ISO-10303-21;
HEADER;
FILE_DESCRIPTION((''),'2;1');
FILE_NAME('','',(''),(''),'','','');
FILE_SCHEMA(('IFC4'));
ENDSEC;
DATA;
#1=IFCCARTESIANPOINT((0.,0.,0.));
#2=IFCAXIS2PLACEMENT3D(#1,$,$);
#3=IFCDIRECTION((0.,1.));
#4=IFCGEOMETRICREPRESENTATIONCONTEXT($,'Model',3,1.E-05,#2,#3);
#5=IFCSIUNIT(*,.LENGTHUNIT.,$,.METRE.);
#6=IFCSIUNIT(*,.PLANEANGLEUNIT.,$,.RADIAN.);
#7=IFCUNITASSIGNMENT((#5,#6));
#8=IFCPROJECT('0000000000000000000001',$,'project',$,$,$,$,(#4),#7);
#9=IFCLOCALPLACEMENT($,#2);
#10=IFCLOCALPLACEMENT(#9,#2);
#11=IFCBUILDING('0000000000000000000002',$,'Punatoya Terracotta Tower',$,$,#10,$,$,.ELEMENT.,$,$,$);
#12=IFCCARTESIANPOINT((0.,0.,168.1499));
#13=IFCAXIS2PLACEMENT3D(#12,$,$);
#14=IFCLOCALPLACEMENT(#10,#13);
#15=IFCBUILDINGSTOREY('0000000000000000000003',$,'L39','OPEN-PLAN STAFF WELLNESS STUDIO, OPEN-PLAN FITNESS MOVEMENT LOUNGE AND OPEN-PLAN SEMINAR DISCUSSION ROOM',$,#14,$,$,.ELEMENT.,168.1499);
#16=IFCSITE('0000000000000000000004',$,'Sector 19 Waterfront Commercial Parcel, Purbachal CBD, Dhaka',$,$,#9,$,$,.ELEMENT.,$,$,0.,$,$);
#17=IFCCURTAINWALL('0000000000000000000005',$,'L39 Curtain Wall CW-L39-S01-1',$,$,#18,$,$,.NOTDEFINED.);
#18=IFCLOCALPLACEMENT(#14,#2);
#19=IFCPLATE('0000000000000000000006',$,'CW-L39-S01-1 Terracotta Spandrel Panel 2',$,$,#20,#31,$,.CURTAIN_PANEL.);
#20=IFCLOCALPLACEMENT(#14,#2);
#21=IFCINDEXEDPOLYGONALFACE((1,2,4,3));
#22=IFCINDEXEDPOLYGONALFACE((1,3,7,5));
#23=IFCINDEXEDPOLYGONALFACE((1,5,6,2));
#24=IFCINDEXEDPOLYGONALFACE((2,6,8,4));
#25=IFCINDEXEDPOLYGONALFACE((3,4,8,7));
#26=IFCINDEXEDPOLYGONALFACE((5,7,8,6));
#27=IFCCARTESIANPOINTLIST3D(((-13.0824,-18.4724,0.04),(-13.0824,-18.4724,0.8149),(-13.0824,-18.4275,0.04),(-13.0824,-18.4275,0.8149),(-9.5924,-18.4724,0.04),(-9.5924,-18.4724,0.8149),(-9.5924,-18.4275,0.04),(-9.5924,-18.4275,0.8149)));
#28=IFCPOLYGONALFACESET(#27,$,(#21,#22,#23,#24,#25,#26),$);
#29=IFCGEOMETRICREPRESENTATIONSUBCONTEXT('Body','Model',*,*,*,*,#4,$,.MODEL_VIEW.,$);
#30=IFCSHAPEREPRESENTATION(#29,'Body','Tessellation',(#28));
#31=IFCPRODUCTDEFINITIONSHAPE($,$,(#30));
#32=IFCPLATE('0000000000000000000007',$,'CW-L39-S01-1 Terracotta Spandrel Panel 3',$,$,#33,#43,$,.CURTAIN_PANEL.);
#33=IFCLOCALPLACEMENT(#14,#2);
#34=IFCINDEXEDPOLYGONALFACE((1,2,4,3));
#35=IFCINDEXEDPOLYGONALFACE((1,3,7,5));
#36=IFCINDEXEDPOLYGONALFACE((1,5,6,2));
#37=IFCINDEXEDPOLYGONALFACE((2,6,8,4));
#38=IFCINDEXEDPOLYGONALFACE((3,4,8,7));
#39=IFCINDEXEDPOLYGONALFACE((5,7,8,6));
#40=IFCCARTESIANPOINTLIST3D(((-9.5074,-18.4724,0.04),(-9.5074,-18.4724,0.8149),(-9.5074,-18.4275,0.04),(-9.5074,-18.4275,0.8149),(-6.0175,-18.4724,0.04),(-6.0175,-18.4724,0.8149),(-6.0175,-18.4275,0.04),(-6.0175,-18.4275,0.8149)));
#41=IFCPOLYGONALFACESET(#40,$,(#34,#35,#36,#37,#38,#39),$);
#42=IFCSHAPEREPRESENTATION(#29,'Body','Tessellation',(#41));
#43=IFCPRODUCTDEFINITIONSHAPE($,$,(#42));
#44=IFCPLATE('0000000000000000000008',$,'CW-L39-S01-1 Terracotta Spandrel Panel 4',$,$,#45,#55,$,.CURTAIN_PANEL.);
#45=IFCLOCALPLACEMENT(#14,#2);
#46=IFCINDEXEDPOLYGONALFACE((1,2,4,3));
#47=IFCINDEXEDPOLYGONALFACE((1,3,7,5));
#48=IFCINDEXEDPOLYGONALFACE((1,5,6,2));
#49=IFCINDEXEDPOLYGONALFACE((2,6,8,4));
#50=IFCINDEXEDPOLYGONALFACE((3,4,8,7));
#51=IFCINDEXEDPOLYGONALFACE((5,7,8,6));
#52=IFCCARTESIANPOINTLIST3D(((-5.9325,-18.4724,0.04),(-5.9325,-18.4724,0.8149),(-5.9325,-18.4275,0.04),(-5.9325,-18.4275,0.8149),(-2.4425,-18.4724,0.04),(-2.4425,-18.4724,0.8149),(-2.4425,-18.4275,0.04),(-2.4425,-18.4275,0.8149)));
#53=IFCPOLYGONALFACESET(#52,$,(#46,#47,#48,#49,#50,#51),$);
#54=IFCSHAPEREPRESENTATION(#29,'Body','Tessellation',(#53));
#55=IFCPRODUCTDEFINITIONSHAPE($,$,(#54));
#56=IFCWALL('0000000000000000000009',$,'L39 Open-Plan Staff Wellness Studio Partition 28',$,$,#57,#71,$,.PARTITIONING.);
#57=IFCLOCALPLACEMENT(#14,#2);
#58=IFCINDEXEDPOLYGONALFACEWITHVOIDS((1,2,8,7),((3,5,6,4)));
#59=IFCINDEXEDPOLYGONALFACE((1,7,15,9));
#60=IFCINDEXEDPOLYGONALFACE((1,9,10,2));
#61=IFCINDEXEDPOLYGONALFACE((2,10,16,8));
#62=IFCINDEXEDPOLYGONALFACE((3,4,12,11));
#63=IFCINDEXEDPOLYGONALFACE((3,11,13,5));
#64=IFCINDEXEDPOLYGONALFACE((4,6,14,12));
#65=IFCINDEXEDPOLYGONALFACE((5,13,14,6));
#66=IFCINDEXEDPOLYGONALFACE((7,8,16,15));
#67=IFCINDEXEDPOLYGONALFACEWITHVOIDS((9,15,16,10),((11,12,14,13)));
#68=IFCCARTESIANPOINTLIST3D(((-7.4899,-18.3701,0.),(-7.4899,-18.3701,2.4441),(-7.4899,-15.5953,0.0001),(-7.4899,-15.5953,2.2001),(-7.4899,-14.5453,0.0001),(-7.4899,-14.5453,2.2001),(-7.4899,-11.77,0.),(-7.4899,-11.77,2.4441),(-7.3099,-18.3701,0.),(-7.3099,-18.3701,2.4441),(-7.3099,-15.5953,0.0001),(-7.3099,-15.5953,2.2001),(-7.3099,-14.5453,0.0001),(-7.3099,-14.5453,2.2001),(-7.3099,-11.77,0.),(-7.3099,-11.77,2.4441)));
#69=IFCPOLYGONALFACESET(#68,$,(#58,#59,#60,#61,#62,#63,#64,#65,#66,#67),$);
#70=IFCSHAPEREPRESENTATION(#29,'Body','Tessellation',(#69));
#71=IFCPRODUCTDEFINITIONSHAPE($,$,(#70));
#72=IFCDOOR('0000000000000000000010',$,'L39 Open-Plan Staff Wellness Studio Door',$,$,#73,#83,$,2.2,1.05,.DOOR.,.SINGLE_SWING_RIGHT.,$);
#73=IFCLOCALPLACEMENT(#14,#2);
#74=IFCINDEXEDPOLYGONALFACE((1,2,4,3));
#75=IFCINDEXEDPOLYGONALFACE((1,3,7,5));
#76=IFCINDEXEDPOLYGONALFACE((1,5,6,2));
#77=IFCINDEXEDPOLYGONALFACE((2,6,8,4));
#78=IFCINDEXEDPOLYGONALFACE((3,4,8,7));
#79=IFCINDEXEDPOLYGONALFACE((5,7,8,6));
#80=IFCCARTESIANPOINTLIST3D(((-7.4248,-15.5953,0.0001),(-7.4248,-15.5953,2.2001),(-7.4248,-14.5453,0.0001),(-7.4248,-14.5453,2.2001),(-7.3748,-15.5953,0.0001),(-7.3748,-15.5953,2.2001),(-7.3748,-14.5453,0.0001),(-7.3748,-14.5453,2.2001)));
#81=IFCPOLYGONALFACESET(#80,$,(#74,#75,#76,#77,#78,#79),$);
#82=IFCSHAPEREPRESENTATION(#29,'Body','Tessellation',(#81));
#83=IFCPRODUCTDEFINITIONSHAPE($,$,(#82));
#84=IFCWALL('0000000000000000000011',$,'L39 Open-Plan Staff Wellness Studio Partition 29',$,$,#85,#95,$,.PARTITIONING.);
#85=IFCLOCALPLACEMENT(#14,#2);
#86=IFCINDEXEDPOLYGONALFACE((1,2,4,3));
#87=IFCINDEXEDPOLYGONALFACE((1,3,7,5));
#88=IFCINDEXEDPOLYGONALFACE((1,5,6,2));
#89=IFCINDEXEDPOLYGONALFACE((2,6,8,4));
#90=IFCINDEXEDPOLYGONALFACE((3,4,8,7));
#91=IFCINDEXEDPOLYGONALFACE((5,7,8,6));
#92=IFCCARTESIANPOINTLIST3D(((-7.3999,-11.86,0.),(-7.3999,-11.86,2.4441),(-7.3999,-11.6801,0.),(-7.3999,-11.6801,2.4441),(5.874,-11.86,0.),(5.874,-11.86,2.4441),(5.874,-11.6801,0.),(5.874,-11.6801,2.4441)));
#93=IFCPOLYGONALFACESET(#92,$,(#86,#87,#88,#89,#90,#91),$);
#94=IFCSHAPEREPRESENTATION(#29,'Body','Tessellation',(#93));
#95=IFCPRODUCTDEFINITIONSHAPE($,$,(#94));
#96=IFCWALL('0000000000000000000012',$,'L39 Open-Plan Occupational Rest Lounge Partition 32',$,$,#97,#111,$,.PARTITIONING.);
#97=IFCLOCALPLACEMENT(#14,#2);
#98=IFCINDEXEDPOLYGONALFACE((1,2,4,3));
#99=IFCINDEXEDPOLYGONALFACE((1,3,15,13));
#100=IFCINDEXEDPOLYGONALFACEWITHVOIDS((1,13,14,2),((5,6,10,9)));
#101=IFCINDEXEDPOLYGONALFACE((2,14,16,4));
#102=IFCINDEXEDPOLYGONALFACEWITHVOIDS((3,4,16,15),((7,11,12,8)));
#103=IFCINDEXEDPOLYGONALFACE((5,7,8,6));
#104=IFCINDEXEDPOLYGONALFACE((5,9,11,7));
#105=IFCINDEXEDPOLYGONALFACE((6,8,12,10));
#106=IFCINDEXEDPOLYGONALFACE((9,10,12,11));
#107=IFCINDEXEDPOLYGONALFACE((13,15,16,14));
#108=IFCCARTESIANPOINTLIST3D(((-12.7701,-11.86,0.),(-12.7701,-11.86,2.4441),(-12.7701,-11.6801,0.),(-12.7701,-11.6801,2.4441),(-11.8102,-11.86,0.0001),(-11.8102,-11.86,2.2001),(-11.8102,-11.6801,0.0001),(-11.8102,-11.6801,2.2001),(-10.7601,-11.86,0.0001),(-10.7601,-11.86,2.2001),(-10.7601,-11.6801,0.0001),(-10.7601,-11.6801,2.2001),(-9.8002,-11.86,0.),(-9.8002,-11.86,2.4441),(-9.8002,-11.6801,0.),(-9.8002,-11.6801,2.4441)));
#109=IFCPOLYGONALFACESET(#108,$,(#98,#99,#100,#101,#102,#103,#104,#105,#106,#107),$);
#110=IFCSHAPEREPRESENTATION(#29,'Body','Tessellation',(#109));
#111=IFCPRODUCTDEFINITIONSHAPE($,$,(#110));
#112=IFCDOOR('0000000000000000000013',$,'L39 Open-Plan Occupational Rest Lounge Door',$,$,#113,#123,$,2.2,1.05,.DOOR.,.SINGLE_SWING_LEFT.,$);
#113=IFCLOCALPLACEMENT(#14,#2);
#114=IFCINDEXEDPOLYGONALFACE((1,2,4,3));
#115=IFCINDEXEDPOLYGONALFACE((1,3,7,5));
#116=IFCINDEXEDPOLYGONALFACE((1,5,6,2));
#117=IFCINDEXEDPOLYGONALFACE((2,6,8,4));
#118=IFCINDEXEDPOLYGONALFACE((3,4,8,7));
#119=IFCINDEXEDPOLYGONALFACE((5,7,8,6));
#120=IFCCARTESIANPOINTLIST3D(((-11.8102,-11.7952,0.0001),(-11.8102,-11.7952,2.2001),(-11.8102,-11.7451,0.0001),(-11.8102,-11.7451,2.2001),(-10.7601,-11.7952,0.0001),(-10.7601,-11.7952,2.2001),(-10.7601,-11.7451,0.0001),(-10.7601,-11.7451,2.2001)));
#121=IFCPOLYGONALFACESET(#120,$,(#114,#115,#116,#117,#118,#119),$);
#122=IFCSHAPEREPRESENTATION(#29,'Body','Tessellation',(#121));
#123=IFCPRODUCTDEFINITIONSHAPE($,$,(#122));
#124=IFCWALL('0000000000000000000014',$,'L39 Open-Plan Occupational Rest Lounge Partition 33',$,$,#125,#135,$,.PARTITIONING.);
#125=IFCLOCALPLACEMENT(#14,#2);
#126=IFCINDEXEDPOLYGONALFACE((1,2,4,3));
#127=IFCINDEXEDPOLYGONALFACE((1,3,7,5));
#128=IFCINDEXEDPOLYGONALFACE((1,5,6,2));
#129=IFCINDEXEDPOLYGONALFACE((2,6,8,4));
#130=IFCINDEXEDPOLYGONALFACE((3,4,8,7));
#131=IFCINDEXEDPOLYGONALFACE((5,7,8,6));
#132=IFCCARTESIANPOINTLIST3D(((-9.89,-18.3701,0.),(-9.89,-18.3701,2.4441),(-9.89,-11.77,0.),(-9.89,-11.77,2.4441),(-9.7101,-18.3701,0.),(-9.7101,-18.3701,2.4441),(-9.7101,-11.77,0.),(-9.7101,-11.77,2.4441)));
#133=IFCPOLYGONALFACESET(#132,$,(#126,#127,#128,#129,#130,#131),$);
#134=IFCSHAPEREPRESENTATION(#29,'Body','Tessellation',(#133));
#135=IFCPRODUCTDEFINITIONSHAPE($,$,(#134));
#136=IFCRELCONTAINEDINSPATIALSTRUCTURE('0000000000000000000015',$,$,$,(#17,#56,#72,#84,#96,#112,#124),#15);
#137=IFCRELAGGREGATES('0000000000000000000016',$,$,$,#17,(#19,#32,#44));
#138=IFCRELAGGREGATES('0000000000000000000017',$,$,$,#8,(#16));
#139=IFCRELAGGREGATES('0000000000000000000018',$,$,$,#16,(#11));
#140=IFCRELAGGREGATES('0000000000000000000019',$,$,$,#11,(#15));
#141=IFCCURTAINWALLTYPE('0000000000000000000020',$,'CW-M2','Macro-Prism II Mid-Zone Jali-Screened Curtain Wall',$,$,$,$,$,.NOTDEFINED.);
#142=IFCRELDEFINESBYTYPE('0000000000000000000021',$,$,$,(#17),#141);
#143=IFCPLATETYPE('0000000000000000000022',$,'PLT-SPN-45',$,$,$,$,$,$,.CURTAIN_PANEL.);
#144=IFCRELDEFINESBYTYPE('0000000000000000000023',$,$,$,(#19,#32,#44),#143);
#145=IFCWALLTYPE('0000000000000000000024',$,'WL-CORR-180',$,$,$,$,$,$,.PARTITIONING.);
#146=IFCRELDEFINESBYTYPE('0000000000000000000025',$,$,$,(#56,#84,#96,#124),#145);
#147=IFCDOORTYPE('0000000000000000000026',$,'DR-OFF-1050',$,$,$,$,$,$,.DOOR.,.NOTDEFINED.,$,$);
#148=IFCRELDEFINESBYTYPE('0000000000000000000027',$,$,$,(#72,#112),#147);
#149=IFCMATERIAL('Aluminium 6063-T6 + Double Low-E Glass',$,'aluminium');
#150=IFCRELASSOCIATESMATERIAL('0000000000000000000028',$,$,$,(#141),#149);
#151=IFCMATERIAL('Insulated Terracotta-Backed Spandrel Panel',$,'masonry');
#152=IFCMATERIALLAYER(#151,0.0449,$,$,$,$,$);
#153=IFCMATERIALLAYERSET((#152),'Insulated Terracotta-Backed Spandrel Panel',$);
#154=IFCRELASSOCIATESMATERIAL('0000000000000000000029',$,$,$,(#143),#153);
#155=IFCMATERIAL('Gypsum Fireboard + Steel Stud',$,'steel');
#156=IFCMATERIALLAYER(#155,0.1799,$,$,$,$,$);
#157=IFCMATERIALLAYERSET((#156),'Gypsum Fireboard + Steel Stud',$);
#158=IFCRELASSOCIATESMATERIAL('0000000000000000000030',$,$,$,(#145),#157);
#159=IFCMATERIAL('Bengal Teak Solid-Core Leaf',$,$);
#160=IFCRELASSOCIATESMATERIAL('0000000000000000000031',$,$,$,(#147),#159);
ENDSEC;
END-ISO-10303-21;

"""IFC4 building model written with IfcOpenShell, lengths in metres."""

from ifc_helpers import new_model, si_unit, direction, frame, frame_2d, origin, origin_2d, place, context, subcontext, project, spatial, rectangle, extrude, material, layer, layer_set, type_object, element, fill, aggregate, save


model = new_model("IFC4")

# Units and contexts
model_context = context("Model", 3, precision=1e-05, world=origin(), true_north=direction((0.0, 1.0)))
body_context = subcontext(model_context, "Body", "Model", "MODEL_VIEW")
ifc_project = project(units=[si_unit("LENGTHUNIT", "METRE"), si_unit("PLANEANGLEUNIT", "RADIAN")], contexts=[model_context])

# Site, building, storey
site_placement = place(None, origin())
site = spatial("IfcSite", under=ifc_project, at=site_placement, Name="Sector 19 Waterfront Commercial Parcel, Purbachal CBD, Dhaka", CompositionType="ELEMENT", RefElevation=0.0)
building_placement = place(site_placement, origin())
building = spatial("IfcBuilding", under=site, at=building_placement, Name="Punatoya Terracotta Tower", CompositionType="ELEMENT")
storey_placement = place(building_placement, frame((0.0, 0.0, 168.1499)))
storey = spatial("IfcBuildingStorey", under=building, at=storey_placement, Name="L39", Description="OPEN-PLAN STAFF WELLNESS STUDIO, OPEN-PLAN FITNESS MOVEMENT LOUNGE AND OPEN-PLAN SEMINAR DISCUSSION ROOM", CompositionType="ELEMENT", Elevation=168.1499)

# Curtain wall, plates
ifc_material_1 = material(Name="Aluminium 6063-T6 + Double Low-E Glass", Category="aluminium")
curtain_wall_type = type_object("IfcCurtainWallType", Name="CW-M2", Description="Macro-Prism II Mid-Zone Jali-Screened Curtain Wall", PredefinedType="NOTDEFINED", material=ifc_material_1)
curtain_wall_placement = place(storey_placement, origin())
curtain_wall = element("IfcCurtainWall", 1, at=curtain_wall_placement, inside=storey, type_object=curtain_wall_type, Name="L39 Curtain Wall CW-L39-S01-1", PredefinedType="NOTDEFINED")
ifc_material_2 = material(Name="Insulated Terracotta-Backed Spandrel Panel", Category="masonry")
ifc_layer_1 = layer(ifc_material_2, 0.0449)
ifc_layer_set_1 = layer_set([ifc_layer_1], Name="Insulated Terracotta-Backed Spandrel Panel")
plate_type_1 = type_object("IfcPlateType", Name="PLT-SPN-45", PredefinedType="CURTAIN_PANEL", material=ifc_layer_set_1)
plate_1_placement = place(storey_placement, frame((-11.3374, -18.45, 0.04), z_axis=(0.0, 0.0, 1.0), x_axis=(1.0, 0.0, 0.0)))
plate_1 = element("IfcPlate", 2, at=plate_1_placement, type_object=plate_type_1, Name="CW-L39-S01-1 Terracotta Spandrel Panel 2", PredefinedType="CURTAIN_PANEL", context=body_context, shape_type="SweptSolid", body=[
    extrude(rectangle(XDim=3.49, YDim=0.0449, at=origin_2d()), origin(), (0.0, 0.0, 1.0), 0.7749),
])
plate_2_placement = place(storey_placement, frame((-7.7625, -18.45, 0.04), z_axis=(0.0, 0.0, 1.0), x_axis=(1.0, 0.0, 0.0)))
plate_2 = element("IfcPlate", 3, at=plate_2_placement, type_object=plate_type_1, Name="CW-L39-S01-1 Terracotta Spandrel Panel 3", PredefinedType="CURTAIN_PANEL", context=body_context, shape_type="SweptSolid", body=[
    extrude(rectangle(XDim=3.49, YDim=0.0449, at=origin_2d()), origin(), (0.0, 0.0, 1.0), 0.7749),
])
plate_3_placement = place(storey_placement, frame((-4.1875, -18.45, 0.04), z_axis=(0.0, 0.0, 1.0), x_axis=(1.0, 0.0, 0.0)))
plate_3 = element("IfcPlate", 4, at=plate_3_placement, type_object=plate_type_1, Name="CW-L39-S01-1 Terracotta Spandrel Panel 4", PredefinedType="CURTAIN_PANEL", context=body_context, shape_type="SweptSolid", body=[
    extrude(rectangle(XDim=3.49, YDim=0.0449, at=origin_2d()), origin(), (0.0, 0.0, 1.0), 0.7749),
])
aggregate(curtain_wall, [plate_1, plate_2, plate_3])

# Wall, opening, door
ifc_material_3 = material(Name="Gypsum Fireboard + Steel Stud", Category="steel")
ifc_layer_2 = layer(ifc_material_3, 0.1799)
ifc_layer_set_2 = layer_set([ifc_layer_2], Name="Gypsum Fireboard + Steel Stud")
wall_type = type_object("IfcWallType", Name="WL-CORR-180", PredefinedType="PARTITIONING", material=ifc_layer_set_2)
wall_1_placement = place(storey_placement, frame((-7.3999, -18.3701, 0.0), z_axis=(0.0, 0.0, 1.0), x_axis=(0.0, 1.0, 0.0)))
wall_1 = element("IfcWall", 5, at=wall_1_placement, inside=storey, type_object=wall_type, Name="L39 Open-Plan Staff Wellness Studio Partition 28", PredefinedType="PARTITIONING", context=body_context, shape_type="SweptSolid", body=[
    extrude(rectangle(XDim=6.6001, YDim=0.1799, at=frame_2d((3.3, 0.0))), origin(), (0.0, 0.0, 1.0), 2.4441),
])
opening_1_placement = place(wall_1_placement, frame((2.7749, 0.0, 0.0)))
opening_1 = element("IfcOpeningElement", 6, at=opening_1_placement, cuts=wall_1, PredefinedType="OPENING", context=body_context, shape_type="SweptSolid", body=[
    extrude(rectangle(XDim=1.05, YDim=2.2, at=frame_2d((0.5249, 1.1001))), frame((0.0, 0.0999, 0.0), z_axis=(0.0, -1.0, 0.0), x_axis=(1.0, 0.0, 0.0)), (0.0, 0.0, 1.0), 0.2),
])
ifc_material_4 = material(Name="Bengal Teak Solid-Core Leaf")
door_type = type_object("IfcDoorType", Name="DR-OFF-1050", OperationType="NOTDEFINED", PredefinedType="DOOR", material=ifc_material_4)
door_1_placement = place(opening_1_placement, origin())
door_1 = element("IfcDoor", 7, at=door_1_placement, inside=storey, type_object=door_type, Name="L39 Open-Plan Staff Wellness Studio Door", OperationType="SINGLE_SWING_RIGHT", OverallHeight=2.2, OverallWidth=1.05, PredefinedType="DOOR", context=body_context, shape_type="SweptSolid", body=[
    extrude(rectangle(XDim=1.05, YDim=2.2, at=frame_2d((0.5249, 1.1001))), frame((0.0, 0.0249, 0.0), z_axis=(0.0, -1.0, 0.0), x_axis=(1.0, 0.0, 0.0)), (0.0, 0.0, 1.0), 0.05),
])
fill(opening_1, door_1)

# Wall
wall_2_placement = place(storey_placement, frame((-7.3999, -11.77, 0.0), z_axis=(0.0, 0.0, 1.0), x_axis=(1.0, 0.0, 0.0)))
element("IfcWall", 8, at=wall_2_placement, inside=storey, type_object=wall_type, Name="L39 Open-Plan Staff Wellness Studio Partition 29", PredefinedType="PARTITIONING", context=body_context, shape_type="SweptSolid", body=[
    extrude(rectangle(XDim=13.2739, YDim=0.1799, at=frame_2d((6.637, 0.0))), origin(), (0.0, 0.0, 1.0), 2.4441),
])

# Wall, opening, door
wall_3_placement = place(storey_placement, frame((-12.77, -11.77, 0.0), z_axis=(0.0, 0.0, 1.0), x_axis=(1.0, 0.0, 0.0)))
wall_3 = element("IfcWall", 9, at=wall_3_placement, inside=storey, type_object=wall_type, Name="L39 Open-Plan Occupational Rest Lounge Partition 32", PredefinedType="PARTITIONING", context=body_context, shape_type="SweptSolid", body=[
    extrude(rectangle(XDim=2.97, YDim=0.1799, at=frame_2d((1.4849, 0.0))), origin(), (0.0, 0.0, 1.0), 2.4441),
])
opening_2_placement = place(wall_3_placement, frame((0.96, 0.0, 0.0)))
opening_2 = element("IfcOpeningElement", 10, at=opening_2_placement, cuts=wall_3, PredefinedType="OPENING", context=body_context, shape_type="SweptSolid", body=[
    extrude(rectangle(XDim=1.05, YDim=2.2, at=frame_2d((0.5249, 1.1001))), frame((0.0, 0.0999, 0.0), z_axis=(0.0, -1.0, 0.0), x_axis=(1.0, 0.0, 0.0)), (0.0, 0.0, 1.0), 0.2),
])
door_2_placement = place(opening_2_placement, origin())
door_2 = element("IfcDoor", 11, at=door_2_placement, inside=storey, type_object=door_type, Name="L39 Open-Plan Occupational Rest Lounge Door", OperationType="SINGLE_SWING_LEFT", OverallHeight=2.2, OverallWidth=1.05, PredefinedType="DOOR", context=body_context, shape_type="SweptSolid", body=[
    extrude(rectangle(XDim=1.05, YDim=2.2, at=frame_2d((0.5249, 1.1001))), frame((0.0, 0.0249, 0.0), z_axis=(0.0, -1.0, 0.0), x_axis=(1.0, 0.0, 0.0)), (0.0, 0.0, 1.0), 0.05),
])
fill(opening_2, door_2)

# Wall
wall_4_placement = place(storey_placement, frame((-9.8, -11.77, 0.0), z_axis=(0.0, 0.0, 1.0), x_axis=(0.0, -1.0, 0.0)))
element("IfcWall", 12, at=wall_4_placement, inside=storey, type_object=wall_type, Name="L39 Open-Plan Occupational Rest Lounge Partition 33", PredefinedType="PARTITIONING", context=body_context, shape_type="SweptSolid", body=[
    extrude(rectangle(XDim=6.6001, YDim=0.1799, at=frame_2d((3.3, 0.0))), origin(), (0.0, 0.0, 1.0), 2.4441),
])

save(model, "model.ifc")
